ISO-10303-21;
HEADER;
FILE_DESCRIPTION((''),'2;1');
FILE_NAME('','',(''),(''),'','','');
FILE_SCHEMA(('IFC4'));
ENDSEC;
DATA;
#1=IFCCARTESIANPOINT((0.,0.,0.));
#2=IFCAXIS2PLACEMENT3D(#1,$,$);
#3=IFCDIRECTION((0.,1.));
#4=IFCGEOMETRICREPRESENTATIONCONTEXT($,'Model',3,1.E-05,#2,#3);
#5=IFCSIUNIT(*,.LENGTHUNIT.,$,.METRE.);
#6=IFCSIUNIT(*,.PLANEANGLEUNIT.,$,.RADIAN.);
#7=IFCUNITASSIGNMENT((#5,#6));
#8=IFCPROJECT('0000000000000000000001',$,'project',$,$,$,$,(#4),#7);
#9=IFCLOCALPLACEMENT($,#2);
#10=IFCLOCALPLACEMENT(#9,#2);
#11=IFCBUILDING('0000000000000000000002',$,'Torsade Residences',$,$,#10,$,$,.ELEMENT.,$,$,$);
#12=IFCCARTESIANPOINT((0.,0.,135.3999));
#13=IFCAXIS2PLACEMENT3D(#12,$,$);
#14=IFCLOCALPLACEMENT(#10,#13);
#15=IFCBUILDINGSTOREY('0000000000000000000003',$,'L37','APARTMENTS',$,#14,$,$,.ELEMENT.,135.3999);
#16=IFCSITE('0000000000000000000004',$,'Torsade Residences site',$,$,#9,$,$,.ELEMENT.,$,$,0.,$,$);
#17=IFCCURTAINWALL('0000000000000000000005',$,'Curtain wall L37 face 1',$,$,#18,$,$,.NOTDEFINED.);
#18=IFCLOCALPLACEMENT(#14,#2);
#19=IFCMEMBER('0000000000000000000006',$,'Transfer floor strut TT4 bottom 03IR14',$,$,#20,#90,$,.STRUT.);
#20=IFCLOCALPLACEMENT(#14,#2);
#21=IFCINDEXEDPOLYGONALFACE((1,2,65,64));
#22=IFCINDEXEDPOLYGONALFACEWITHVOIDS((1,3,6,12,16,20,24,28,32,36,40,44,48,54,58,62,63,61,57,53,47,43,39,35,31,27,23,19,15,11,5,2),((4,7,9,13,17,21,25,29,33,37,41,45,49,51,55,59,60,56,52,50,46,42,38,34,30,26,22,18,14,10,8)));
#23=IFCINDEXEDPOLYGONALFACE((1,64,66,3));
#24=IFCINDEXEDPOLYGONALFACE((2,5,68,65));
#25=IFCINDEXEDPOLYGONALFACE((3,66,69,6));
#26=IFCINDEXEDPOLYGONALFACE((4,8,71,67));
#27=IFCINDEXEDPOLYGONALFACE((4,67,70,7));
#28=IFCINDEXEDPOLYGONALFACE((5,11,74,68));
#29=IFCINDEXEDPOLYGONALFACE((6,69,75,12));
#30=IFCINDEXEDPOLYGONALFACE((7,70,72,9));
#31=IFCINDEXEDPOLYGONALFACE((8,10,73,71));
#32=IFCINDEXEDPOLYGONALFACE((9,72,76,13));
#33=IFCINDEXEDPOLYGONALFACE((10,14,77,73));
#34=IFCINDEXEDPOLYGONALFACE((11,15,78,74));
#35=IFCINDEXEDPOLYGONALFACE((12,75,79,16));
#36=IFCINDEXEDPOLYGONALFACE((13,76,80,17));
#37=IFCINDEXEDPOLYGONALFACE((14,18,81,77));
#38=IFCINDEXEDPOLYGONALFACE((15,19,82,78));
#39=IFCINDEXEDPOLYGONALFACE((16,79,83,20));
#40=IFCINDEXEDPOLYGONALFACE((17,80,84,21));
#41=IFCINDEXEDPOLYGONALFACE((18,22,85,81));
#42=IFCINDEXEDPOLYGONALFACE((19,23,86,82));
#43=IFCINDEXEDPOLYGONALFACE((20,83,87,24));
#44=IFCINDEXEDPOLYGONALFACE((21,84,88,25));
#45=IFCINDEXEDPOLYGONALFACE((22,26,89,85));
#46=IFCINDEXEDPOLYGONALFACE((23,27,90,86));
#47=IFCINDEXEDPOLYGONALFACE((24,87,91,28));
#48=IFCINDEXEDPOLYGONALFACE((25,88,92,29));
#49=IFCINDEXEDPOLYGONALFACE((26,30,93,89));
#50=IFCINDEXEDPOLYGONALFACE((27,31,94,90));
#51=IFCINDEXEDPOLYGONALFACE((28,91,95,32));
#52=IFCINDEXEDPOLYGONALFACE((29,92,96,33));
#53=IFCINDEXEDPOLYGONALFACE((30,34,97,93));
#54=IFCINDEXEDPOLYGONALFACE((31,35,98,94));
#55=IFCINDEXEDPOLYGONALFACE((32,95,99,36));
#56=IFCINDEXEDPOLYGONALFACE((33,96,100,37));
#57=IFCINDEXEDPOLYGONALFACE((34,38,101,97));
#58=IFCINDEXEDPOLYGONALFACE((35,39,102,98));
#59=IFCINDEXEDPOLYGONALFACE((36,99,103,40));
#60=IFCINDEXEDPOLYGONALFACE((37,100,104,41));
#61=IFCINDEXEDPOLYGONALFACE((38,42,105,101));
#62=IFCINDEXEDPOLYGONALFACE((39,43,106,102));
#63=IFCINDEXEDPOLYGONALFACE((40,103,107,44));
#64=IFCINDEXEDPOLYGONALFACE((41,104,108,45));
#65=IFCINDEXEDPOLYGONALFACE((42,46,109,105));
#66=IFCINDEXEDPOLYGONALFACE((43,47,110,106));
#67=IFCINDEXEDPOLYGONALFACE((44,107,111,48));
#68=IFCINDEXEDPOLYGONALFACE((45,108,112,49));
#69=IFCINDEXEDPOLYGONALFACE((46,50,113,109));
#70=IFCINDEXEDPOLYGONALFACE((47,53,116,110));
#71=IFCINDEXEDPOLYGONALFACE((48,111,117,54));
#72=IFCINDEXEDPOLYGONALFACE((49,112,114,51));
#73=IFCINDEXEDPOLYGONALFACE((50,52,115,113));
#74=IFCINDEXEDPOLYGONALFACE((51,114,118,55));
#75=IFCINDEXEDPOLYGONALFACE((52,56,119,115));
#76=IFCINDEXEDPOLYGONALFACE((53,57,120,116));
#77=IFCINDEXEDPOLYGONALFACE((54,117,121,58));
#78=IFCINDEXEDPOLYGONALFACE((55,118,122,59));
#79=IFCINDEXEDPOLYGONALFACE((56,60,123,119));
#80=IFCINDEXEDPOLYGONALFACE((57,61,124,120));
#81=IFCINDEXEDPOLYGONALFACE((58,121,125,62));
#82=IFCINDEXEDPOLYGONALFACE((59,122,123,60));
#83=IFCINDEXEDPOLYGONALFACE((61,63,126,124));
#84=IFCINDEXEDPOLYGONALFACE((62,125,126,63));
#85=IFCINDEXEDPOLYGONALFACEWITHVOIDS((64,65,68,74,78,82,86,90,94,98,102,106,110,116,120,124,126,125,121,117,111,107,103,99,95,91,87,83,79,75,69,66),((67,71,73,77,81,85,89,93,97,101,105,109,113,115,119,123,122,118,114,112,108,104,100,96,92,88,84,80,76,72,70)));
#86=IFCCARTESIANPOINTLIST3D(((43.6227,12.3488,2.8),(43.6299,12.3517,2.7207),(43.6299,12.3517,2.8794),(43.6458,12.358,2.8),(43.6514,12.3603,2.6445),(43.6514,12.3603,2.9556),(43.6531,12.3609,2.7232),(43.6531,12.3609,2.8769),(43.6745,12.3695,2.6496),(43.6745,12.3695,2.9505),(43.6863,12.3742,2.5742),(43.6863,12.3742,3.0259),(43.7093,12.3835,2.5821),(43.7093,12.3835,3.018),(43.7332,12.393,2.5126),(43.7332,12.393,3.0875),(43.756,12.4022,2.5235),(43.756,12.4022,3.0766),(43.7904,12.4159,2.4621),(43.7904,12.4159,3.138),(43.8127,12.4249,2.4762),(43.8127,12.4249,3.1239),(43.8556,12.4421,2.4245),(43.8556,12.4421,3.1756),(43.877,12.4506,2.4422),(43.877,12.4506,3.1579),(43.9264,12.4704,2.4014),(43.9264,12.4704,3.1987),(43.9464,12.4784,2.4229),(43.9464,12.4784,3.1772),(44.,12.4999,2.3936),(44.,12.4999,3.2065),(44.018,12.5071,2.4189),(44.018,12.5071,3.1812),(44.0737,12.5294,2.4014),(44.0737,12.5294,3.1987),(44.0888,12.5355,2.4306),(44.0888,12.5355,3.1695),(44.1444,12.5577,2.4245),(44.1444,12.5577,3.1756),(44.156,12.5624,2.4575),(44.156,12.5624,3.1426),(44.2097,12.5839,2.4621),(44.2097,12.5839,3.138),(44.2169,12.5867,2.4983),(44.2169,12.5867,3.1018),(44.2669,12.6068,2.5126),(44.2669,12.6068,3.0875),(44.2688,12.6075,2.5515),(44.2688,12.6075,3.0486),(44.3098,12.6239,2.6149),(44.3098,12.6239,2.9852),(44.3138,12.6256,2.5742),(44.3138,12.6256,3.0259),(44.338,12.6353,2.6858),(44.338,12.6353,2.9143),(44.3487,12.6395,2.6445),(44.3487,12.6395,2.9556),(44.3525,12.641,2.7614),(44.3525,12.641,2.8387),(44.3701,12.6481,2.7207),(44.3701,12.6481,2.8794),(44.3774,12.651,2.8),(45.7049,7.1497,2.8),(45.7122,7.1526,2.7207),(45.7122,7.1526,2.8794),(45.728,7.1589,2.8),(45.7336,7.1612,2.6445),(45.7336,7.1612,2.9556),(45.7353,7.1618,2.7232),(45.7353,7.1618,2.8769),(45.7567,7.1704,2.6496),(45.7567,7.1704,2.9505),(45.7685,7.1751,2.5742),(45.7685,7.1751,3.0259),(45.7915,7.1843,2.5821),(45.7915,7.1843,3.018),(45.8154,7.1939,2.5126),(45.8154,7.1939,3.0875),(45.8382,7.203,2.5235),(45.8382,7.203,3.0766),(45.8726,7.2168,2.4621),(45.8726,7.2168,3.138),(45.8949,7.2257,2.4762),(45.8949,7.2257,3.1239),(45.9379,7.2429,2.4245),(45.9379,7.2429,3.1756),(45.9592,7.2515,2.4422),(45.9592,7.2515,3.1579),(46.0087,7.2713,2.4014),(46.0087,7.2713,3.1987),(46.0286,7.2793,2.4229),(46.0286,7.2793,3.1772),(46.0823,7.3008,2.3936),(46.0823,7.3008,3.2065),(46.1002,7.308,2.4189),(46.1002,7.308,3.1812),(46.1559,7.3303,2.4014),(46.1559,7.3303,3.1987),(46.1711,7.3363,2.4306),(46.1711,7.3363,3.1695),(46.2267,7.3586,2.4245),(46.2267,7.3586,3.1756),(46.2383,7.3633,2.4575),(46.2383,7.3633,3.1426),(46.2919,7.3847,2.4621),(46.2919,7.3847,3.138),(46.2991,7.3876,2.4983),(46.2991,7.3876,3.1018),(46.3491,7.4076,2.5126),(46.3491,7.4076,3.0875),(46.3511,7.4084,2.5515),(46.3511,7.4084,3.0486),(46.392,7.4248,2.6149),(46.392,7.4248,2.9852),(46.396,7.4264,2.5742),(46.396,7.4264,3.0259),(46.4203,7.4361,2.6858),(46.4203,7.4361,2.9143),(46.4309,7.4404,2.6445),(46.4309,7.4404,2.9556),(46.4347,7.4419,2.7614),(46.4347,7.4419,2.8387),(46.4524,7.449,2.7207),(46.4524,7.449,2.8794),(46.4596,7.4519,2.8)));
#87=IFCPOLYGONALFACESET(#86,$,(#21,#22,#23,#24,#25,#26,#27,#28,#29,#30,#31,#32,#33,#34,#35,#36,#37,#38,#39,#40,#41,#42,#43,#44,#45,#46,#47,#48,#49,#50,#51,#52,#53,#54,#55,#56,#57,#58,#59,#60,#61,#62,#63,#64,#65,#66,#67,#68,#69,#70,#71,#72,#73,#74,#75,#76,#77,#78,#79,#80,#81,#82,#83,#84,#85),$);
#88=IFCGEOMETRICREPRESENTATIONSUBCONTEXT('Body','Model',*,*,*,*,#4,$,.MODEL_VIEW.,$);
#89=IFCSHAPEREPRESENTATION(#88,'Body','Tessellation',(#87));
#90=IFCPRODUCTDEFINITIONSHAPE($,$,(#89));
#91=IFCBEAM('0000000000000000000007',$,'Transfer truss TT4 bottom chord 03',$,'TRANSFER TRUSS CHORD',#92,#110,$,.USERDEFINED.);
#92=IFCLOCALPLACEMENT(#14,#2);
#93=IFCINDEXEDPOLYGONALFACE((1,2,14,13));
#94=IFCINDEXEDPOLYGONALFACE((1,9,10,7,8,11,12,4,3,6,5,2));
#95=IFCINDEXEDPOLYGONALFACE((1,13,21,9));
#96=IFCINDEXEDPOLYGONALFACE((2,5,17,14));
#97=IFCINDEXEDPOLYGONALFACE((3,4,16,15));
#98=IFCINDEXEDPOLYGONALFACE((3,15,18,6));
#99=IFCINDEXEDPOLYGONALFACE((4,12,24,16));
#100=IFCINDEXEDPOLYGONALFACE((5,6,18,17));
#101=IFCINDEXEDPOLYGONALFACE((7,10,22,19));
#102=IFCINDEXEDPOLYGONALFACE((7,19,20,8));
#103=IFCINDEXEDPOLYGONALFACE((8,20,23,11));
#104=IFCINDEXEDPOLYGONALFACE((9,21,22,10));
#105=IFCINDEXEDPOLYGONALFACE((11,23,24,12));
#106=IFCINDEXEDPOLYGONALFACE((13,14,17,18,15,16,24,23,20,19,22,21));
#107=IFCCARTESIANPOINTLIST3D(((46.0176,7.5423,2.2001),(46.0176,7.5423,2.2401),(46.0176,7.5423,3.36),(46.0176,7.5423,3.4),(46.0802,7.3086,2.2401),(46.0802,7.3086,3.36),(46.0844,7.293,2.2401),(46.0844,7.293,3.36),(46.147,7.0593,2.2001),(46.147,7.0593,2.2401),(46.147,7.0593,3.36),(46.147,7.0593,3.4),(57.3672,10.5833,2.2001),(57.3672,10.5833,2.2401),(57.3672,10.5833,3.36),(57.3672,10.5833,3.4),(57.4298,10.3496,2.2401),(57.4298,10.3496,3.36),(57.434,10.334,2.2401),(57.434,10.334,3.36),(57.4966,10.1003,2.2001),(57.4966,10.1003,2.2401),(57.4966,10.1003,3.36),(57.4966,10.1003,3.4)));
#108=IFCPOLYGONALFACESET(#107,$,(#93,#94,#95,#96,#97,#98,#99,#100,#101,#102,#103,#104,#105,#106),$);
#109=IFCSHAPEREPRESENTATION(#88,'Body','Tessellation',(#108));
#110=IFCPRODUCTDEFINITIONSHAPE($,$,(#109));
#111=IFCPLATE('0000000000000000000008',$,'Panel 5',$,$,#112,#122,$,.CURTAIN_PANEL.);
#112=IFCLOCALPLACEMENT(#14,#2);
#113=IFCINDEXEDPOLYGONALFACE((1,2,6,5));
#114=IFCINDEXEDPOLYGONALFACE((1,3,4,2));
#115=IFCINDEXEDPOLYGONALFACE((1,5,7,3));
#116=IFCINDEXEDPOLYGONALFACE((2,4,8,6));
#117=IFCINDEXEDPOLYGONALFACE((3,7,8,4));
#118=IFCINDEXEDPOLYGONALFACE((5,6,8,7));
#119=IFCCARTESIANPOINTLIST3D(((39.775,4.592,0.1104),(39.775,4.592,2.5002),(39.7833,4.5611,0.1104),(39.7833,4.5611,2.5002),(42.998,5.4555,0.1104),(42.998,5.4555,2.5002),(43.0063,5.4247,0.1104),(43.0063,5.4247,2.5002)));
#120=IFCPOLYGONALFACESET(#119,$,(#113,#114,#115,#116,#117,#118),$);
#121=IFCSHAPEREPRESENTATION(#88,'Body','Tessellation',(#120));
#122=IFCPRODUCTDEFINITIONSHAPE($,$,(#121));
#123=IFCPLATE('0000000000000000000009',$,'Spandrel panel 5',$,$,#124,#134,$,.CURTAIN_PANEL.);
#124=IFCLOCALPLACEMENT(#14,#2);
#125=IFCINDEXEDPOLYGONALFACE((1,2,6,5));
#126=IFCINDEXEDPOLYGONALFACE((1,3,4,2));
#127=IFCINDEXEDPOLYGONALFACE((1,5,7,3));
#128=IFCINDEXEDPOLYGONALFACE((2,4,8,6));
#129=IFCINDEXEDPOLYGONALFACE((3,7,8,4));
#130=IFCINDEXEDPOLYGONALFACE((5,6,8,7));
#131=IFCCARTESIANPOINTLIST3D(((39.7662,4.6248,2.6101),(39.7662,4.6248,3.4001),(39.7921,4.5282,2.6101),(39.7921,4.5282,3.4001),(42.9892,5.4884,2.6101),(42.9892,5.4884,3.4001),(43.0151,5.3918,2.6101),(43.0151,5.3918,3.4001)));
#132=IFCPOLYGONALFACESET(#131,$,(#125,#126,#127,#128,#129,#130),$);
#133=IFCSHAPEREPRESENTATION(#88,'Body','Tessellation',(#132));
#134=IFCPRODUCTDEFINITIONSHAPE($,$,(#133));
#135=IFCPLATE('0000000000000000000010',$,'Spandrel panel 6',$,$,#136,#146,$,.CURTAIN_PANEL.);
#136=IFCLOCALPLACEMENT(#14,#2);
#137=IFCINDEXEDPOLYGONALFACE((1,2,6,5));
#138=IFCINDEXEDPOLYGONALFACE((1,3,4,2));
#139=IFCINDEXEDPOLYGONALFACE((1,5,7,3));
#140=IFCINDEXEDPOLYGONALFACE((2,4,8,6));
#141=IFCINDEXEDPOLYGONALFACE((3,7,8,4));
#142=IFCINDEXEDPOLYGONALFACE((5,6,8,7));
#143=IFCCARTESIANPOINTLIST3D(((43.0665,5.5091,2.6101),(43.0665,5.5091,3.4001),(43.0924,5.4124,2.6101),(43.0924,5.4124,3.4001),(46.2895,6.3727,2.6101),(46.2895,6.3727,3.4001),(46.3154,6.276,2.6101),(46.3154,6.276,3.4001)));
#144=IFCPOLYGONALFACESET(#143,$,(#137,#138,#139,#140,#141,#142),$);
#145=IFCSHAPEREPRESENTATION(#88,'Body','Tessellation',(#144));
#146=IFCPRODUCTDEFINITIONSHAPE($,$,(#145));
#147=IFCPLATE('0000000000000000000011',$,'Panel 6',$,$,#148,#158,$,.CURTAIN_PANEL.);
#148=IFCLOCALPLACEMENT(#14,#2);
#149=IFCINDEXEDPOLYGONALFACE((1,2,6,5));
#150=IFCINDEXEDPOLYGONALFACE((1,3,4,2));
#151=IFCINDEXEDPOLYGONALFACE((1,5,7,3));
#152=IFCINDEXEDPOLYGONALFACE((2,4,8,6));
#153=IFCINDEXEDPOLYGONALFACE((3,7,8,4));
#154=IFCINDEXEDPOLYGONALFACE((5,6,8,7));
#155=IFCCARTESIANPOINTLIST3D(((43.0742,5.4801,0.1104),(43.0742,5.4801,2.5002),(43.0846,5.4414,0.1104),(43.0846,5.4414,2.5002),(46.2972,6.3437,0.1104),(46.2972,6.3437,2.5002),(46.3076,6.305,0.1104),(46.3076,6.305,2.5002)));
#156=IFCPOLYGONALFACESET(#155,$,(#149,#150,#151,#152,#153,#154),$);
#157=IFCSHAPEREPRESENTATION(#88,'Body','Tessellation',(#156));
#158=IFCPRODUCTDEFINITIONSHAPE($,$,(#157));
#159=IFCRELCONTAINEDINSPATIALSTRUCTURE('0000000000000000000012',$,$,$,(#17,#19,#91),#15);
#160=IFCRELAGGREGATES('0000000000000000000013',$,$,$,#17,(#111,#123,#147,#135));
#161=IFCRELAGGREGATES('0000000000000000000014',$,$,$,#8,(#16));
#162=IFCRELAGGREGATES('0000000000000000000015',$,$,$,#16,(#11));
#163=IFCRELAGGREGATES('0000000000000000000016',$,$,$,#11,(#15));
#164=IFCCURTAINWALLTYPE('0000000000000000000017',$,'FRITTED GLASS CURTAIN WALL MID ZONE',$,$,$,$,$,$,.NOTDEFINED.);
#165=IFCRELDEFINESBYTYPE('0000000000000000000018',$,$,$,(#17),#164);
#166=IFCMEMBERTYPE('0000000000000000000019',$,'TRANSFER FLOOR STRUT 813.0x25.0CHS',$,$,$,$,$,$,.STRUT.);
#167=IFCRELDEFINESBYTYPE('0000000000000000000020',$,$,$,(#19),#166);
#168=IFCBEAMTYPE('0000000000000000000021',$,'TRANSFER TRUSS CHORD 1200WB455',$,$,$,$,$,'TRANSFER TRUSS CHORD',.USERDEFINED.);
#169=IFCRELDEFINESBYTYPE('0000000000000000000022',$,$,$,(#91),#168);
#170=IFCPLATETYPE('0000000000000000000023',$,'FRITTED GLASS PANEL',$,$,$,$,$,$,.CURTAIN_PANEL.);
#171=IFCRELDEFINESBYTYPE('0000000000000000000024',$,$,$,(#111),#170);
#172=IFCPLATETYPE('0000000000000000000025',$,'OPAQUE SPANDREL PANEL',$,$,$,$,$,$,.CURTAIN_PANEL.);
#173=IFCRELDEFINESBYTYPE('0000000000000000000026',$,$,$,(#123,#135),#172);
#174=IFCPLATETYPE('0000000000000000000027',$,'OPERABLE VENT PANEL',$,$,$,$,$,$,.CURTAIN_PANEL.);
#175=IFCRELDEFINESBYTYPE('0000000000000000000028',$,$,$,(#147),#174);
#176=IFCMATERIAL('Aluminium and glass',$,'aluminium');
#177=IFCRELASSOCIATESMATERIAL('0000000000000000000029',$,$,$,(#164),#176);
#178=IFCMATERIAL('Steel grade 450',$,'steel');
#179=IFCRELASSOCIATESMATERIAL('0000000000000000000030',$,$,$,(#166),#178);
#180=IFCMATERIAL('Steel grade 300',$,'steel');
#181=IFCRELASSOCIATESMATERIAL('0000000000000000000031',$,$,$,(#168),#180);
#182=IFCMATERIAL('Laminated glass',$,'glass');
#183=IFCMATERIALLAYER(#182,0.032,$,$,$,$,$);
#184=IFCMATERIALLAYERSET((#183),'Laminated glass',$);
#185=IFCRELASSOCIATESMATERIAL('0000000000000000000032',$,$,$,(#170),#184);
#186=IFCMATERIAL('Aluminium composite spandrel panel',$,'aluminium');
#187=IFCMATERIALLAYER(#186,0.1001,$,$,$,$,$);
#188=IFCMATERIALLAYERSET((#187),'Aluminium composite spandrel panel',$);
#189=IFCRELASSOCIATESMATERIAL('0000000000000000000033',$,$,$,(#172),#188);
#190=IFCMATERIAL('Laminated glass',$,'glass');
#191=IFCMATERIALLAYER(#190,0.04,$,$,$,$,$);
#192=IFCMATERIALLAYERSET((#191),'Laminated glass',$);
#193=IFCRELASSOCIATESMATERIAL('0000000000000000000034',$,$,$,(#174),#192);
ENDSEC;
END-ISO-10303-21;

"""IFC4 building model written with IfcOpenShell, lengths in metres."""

from ifc_helpers import new_model, si_unit, direction, frame, origin, origin_2d, place, context, subcontext, project, spatial, rectangle, hollow_circle, i_section, extrude, material, layer, layer_set, material_profile, profile_set, type_object, element, aggregate, save


model = new_model("IFC4")

# Units and contexts
model_context = context("Model", 3, precision=1e-05, world=origin(), true_north=direction((0.0, 1.0)))
body_context = subcontext(model_context, "Body", "Model", "MODEL_VIEW")
ifc_project = project(units=[si_unit("LENGTHUNIT", "METRE"), si_unit("PLANEANGLEUNIT", "RADIAN")], contexts=[model_context])

# Site, building, storey
site_placement = place(None, origin())
site = spatial("IfcSite", under=ifc_project, at=site_placement, Name="Torsade Residences site", CompositionType="ELEMENT", RefElevation=0.0)
building_placement = place(site_placement, origin())
building = spatial("IfcBuilding", under=site, at=building_placement, Name="Torsade Residences", CompositionType="ELEMENT")
storey_placement = place(building_placement, frame((0.0, 0.0, 135.3999)))
storey = spatial("IfcBuildingStorey", under=building, at=storey_placement, Name="L37", Description="APARTMENTS", CompositionType="ELEMENT", Elevation=135.3999)

# Curtain wall
ifc_material_1 = material(Name="Aluminium and glass", Category="aluminium")
curtain_wall_type = type_object("IfcCurtainWallType", Name="FRITTED GLASS CURTAIN WALL MID ZONE", PredefinedType="NOTDEFINED", material=ifc_material_1)
curtain_wall_placement = place(storey_placement, origin())
curtain_wall = element("IfcCurtainWall", 1, at=curtain_wall_placement, inside=storey, type_object=curtain_wall_type, Name="Curtain wall L37 face 1", PredefinedType="NOTDEFINED")

# Member
ifc_material_2 = material(Name="Steel grade 450", Category="steel")
ifc_material_profile_1 = material_profile(ifc_material_2, hollow_circle(Radius=0.4065, WallThickness=0.0249, at=origin_2d()), Name="813.0x25.0CHS")
ifc_profile_set_1 = profile_set([ifc_material_profile_1], Name="Steel grade 450")
member_type_1 = type_object("IfcMemberType", Name="TRANSFER FLOOR STRUT 813.0x25.0CHS", PredefinedType="STRUT", material=ifc_profile_set_1)
member_1_placement = place(storey_placement, frame((46.0823, 7.3008, 2.8), z_axis=(-0.371789, 0.928317, 0.0), x_axis=(-0.928317, -0.371789, 0.0)))
element("IfcMember", 2, at=member_1_placement, inside=storey, type_object=member_type_1, Name="Transfer floor strut TT4 bottom 03IR14", PredefinedType="STRUT", context=body_context, shape_type="SweptSolid", body=[
    extrude(hollow_circle(Radius=0.4065, WallThickness=0.0249, at=origin_2d()), origin(), (0.0, 0.0, 1.0), 5.6006),
])

# Beam
ifc_material_3 = material(Name="Steel grade 300", Category="steel")
ifc_material_profile_2 = material_profile(ifc_material_3, i_section(OverallWidth=0.5, OverallDepth=1.2, WebThickness=0.0161, FlangeThickness=0.04, at=origin_2d()), Name="1200WB455")
ifc_profile_set_2 = profile_set([ifc_material_profile_2], Name="Steel grade 300")
beam_type_1 = type_object("IfcBeamType", Name="TRANSFER TRUSS CHORD 1200WB455", ElementType="TRANSFER TRUSS CHORD", PredefinedType="USERDEFINED", material=ifc_profile_set_2)
beam_1_placement = place(storey_placement, frame((46.0823, 7.3008, 2.8), z_axis=(0.965928, 0.258811, 0.0), x_axis=(-0.258811, 0.965928, 0.0)))
element("IfcBeam", 3, at=beam_1_placement, inside=storey, type_object=beam_type_1, Name="Transfer truss TT4 bottom chord 03", ObjectType="TRANSFER TRUSS CHORD", PredefinedType="USERDEFINED", context=body_context, shape_type="SweptSolid", body=[
    extrude(i_section(OverallWidth=0.5, OverallDepth=1.2, WebThickness=0.0161, FlangeThickness=0.04, at=origin_2d()), origin(), (0.0, 0.0, 1.0), 11.75),
])

# Plates
ifc_material_4 = material(Name="Laminated glass", Category="glass")
ifc_layer_1 = layer(ifc_material_4, 0.032)
ifc_layer_set_1 = layer_set([ifc_layer_1], Name="Laminated glass")
plate_type_1 = type_object("IfcPlateType", Name="FRITTED GLASS PANEL", PredefinedType="CURTAIN_PANEL", material=ifc_layer_set_1)
plate_1_placement = place(storey_placement, frame((41.3906, 5.0083, 0.1104), z_axis=(0.0, 0.0, 1.0), x_axis=(0.965926, 0.258819, 0.0)))
plate_1 = element("IfcPlate", 4, at=plate_1_placement, type_object=plate_type_1, Name="Panel 5", PredefinedType="CURTAIN_PANEL", context=body_context, shape_type="SweptSolid", body=[
    extrude(rectangle(XDim=3.3367, YDim=0.032, at=origin_2d()), origin(), (0.0, 0.0, 1.0), 2.3899),
])
ifc_material_5 = material(Name="Aluminium composite spandrel panel", Category="aluminium")
ifc_layer_2 = layer(ifc_material_5, 0.1001)
ifc_layer_set_2 = layer_set([ifc_layer_2], Name="Aluminium composite spandrel panel")
plate_type_2 = type_object("IfcPlateType", Name="OPAQUE SPANDREL PANEL", PredefinedType="CURTAIN_PANEL", material=ifc_layer_set_2)
plate_2_placement = place(storey_placement, frame((41.3906, 5.0083, 2.6101), z_axis=(0.0, 0.0, 1.0), x_axis=(0.965926, 0.258819, 0.0)))
plate_2 = element("IfcPlate", 5, at=plate_2_placement, type_object=plate_type_2, Name="Spandrel panel 5", PredefinedType="CURTAIN_PANEL", context=body_context, shape_type="SweptSolid", body=[
    extrude(rectangle(XDim=3.3367, YDim=0.1001, at=origin_2d()), origin(), (0.0, 0.0, 1.0), 0.79),
])
plate_3_placement = place(storey_placement, frame((44.6909, 5.8926, 2.6101), z_axis=(0.0, 0.0, 1.0), x_axis=(0.965926, 0.258819, 0.0)))
plate_3 = element("IfcPlate", 6, at=plate_3_placement, type_object=plate_type_2, Name="Spandrel panel 6", PredefinedType="CURTAIN_PANEL", context=body_context, shape_type="SweptSolid", body=[
    extrude(rectangle(XDim=3.3367, YDim=0.1001, at=origin_2d()), origin(), (0.0, 0.0, 1.0), 0.79),
])
ifc_material_6 = material(Name="Laminated glass", Category="glass")
ifc_layer_3 = layer(ifc_material_6, 0.04)
ifc_layer_set_3 = layer_set([ifc_layer_3], Name="Laminated glass")
plate_type_3 = type_object("IfcPlateType", Name="OPERABLE VENT PANEL", PredefinedType="CURTAIN_PANEL", material=ifc_layer_set_3)
plate_4_placement = place(storey_placement, frame((44.6909, 5.8926, 0.1104), z_axis=(0.0, 0.0, 1.0), x_axis=(0.965926, 0.258819, 0.0)))
plate_4 = element("IfcPlate", 7, at=plate_4_placement, type_object=plate_type_3, Name="Panel 6", PredefinedType="CURTAIN_PANEL", context=body_context, shape_type="SweptSolid", body=[
    extrude(rectangle(XDim=3.3367, YDim=0.04, at=origin_2d()), origin(), (0.0, 0.0, 1.0), 2.3899),
])
aggregate(curtain_wall, [plate_1, plate_2, plate_4, plate_3])

save(model, "model.ifc")
